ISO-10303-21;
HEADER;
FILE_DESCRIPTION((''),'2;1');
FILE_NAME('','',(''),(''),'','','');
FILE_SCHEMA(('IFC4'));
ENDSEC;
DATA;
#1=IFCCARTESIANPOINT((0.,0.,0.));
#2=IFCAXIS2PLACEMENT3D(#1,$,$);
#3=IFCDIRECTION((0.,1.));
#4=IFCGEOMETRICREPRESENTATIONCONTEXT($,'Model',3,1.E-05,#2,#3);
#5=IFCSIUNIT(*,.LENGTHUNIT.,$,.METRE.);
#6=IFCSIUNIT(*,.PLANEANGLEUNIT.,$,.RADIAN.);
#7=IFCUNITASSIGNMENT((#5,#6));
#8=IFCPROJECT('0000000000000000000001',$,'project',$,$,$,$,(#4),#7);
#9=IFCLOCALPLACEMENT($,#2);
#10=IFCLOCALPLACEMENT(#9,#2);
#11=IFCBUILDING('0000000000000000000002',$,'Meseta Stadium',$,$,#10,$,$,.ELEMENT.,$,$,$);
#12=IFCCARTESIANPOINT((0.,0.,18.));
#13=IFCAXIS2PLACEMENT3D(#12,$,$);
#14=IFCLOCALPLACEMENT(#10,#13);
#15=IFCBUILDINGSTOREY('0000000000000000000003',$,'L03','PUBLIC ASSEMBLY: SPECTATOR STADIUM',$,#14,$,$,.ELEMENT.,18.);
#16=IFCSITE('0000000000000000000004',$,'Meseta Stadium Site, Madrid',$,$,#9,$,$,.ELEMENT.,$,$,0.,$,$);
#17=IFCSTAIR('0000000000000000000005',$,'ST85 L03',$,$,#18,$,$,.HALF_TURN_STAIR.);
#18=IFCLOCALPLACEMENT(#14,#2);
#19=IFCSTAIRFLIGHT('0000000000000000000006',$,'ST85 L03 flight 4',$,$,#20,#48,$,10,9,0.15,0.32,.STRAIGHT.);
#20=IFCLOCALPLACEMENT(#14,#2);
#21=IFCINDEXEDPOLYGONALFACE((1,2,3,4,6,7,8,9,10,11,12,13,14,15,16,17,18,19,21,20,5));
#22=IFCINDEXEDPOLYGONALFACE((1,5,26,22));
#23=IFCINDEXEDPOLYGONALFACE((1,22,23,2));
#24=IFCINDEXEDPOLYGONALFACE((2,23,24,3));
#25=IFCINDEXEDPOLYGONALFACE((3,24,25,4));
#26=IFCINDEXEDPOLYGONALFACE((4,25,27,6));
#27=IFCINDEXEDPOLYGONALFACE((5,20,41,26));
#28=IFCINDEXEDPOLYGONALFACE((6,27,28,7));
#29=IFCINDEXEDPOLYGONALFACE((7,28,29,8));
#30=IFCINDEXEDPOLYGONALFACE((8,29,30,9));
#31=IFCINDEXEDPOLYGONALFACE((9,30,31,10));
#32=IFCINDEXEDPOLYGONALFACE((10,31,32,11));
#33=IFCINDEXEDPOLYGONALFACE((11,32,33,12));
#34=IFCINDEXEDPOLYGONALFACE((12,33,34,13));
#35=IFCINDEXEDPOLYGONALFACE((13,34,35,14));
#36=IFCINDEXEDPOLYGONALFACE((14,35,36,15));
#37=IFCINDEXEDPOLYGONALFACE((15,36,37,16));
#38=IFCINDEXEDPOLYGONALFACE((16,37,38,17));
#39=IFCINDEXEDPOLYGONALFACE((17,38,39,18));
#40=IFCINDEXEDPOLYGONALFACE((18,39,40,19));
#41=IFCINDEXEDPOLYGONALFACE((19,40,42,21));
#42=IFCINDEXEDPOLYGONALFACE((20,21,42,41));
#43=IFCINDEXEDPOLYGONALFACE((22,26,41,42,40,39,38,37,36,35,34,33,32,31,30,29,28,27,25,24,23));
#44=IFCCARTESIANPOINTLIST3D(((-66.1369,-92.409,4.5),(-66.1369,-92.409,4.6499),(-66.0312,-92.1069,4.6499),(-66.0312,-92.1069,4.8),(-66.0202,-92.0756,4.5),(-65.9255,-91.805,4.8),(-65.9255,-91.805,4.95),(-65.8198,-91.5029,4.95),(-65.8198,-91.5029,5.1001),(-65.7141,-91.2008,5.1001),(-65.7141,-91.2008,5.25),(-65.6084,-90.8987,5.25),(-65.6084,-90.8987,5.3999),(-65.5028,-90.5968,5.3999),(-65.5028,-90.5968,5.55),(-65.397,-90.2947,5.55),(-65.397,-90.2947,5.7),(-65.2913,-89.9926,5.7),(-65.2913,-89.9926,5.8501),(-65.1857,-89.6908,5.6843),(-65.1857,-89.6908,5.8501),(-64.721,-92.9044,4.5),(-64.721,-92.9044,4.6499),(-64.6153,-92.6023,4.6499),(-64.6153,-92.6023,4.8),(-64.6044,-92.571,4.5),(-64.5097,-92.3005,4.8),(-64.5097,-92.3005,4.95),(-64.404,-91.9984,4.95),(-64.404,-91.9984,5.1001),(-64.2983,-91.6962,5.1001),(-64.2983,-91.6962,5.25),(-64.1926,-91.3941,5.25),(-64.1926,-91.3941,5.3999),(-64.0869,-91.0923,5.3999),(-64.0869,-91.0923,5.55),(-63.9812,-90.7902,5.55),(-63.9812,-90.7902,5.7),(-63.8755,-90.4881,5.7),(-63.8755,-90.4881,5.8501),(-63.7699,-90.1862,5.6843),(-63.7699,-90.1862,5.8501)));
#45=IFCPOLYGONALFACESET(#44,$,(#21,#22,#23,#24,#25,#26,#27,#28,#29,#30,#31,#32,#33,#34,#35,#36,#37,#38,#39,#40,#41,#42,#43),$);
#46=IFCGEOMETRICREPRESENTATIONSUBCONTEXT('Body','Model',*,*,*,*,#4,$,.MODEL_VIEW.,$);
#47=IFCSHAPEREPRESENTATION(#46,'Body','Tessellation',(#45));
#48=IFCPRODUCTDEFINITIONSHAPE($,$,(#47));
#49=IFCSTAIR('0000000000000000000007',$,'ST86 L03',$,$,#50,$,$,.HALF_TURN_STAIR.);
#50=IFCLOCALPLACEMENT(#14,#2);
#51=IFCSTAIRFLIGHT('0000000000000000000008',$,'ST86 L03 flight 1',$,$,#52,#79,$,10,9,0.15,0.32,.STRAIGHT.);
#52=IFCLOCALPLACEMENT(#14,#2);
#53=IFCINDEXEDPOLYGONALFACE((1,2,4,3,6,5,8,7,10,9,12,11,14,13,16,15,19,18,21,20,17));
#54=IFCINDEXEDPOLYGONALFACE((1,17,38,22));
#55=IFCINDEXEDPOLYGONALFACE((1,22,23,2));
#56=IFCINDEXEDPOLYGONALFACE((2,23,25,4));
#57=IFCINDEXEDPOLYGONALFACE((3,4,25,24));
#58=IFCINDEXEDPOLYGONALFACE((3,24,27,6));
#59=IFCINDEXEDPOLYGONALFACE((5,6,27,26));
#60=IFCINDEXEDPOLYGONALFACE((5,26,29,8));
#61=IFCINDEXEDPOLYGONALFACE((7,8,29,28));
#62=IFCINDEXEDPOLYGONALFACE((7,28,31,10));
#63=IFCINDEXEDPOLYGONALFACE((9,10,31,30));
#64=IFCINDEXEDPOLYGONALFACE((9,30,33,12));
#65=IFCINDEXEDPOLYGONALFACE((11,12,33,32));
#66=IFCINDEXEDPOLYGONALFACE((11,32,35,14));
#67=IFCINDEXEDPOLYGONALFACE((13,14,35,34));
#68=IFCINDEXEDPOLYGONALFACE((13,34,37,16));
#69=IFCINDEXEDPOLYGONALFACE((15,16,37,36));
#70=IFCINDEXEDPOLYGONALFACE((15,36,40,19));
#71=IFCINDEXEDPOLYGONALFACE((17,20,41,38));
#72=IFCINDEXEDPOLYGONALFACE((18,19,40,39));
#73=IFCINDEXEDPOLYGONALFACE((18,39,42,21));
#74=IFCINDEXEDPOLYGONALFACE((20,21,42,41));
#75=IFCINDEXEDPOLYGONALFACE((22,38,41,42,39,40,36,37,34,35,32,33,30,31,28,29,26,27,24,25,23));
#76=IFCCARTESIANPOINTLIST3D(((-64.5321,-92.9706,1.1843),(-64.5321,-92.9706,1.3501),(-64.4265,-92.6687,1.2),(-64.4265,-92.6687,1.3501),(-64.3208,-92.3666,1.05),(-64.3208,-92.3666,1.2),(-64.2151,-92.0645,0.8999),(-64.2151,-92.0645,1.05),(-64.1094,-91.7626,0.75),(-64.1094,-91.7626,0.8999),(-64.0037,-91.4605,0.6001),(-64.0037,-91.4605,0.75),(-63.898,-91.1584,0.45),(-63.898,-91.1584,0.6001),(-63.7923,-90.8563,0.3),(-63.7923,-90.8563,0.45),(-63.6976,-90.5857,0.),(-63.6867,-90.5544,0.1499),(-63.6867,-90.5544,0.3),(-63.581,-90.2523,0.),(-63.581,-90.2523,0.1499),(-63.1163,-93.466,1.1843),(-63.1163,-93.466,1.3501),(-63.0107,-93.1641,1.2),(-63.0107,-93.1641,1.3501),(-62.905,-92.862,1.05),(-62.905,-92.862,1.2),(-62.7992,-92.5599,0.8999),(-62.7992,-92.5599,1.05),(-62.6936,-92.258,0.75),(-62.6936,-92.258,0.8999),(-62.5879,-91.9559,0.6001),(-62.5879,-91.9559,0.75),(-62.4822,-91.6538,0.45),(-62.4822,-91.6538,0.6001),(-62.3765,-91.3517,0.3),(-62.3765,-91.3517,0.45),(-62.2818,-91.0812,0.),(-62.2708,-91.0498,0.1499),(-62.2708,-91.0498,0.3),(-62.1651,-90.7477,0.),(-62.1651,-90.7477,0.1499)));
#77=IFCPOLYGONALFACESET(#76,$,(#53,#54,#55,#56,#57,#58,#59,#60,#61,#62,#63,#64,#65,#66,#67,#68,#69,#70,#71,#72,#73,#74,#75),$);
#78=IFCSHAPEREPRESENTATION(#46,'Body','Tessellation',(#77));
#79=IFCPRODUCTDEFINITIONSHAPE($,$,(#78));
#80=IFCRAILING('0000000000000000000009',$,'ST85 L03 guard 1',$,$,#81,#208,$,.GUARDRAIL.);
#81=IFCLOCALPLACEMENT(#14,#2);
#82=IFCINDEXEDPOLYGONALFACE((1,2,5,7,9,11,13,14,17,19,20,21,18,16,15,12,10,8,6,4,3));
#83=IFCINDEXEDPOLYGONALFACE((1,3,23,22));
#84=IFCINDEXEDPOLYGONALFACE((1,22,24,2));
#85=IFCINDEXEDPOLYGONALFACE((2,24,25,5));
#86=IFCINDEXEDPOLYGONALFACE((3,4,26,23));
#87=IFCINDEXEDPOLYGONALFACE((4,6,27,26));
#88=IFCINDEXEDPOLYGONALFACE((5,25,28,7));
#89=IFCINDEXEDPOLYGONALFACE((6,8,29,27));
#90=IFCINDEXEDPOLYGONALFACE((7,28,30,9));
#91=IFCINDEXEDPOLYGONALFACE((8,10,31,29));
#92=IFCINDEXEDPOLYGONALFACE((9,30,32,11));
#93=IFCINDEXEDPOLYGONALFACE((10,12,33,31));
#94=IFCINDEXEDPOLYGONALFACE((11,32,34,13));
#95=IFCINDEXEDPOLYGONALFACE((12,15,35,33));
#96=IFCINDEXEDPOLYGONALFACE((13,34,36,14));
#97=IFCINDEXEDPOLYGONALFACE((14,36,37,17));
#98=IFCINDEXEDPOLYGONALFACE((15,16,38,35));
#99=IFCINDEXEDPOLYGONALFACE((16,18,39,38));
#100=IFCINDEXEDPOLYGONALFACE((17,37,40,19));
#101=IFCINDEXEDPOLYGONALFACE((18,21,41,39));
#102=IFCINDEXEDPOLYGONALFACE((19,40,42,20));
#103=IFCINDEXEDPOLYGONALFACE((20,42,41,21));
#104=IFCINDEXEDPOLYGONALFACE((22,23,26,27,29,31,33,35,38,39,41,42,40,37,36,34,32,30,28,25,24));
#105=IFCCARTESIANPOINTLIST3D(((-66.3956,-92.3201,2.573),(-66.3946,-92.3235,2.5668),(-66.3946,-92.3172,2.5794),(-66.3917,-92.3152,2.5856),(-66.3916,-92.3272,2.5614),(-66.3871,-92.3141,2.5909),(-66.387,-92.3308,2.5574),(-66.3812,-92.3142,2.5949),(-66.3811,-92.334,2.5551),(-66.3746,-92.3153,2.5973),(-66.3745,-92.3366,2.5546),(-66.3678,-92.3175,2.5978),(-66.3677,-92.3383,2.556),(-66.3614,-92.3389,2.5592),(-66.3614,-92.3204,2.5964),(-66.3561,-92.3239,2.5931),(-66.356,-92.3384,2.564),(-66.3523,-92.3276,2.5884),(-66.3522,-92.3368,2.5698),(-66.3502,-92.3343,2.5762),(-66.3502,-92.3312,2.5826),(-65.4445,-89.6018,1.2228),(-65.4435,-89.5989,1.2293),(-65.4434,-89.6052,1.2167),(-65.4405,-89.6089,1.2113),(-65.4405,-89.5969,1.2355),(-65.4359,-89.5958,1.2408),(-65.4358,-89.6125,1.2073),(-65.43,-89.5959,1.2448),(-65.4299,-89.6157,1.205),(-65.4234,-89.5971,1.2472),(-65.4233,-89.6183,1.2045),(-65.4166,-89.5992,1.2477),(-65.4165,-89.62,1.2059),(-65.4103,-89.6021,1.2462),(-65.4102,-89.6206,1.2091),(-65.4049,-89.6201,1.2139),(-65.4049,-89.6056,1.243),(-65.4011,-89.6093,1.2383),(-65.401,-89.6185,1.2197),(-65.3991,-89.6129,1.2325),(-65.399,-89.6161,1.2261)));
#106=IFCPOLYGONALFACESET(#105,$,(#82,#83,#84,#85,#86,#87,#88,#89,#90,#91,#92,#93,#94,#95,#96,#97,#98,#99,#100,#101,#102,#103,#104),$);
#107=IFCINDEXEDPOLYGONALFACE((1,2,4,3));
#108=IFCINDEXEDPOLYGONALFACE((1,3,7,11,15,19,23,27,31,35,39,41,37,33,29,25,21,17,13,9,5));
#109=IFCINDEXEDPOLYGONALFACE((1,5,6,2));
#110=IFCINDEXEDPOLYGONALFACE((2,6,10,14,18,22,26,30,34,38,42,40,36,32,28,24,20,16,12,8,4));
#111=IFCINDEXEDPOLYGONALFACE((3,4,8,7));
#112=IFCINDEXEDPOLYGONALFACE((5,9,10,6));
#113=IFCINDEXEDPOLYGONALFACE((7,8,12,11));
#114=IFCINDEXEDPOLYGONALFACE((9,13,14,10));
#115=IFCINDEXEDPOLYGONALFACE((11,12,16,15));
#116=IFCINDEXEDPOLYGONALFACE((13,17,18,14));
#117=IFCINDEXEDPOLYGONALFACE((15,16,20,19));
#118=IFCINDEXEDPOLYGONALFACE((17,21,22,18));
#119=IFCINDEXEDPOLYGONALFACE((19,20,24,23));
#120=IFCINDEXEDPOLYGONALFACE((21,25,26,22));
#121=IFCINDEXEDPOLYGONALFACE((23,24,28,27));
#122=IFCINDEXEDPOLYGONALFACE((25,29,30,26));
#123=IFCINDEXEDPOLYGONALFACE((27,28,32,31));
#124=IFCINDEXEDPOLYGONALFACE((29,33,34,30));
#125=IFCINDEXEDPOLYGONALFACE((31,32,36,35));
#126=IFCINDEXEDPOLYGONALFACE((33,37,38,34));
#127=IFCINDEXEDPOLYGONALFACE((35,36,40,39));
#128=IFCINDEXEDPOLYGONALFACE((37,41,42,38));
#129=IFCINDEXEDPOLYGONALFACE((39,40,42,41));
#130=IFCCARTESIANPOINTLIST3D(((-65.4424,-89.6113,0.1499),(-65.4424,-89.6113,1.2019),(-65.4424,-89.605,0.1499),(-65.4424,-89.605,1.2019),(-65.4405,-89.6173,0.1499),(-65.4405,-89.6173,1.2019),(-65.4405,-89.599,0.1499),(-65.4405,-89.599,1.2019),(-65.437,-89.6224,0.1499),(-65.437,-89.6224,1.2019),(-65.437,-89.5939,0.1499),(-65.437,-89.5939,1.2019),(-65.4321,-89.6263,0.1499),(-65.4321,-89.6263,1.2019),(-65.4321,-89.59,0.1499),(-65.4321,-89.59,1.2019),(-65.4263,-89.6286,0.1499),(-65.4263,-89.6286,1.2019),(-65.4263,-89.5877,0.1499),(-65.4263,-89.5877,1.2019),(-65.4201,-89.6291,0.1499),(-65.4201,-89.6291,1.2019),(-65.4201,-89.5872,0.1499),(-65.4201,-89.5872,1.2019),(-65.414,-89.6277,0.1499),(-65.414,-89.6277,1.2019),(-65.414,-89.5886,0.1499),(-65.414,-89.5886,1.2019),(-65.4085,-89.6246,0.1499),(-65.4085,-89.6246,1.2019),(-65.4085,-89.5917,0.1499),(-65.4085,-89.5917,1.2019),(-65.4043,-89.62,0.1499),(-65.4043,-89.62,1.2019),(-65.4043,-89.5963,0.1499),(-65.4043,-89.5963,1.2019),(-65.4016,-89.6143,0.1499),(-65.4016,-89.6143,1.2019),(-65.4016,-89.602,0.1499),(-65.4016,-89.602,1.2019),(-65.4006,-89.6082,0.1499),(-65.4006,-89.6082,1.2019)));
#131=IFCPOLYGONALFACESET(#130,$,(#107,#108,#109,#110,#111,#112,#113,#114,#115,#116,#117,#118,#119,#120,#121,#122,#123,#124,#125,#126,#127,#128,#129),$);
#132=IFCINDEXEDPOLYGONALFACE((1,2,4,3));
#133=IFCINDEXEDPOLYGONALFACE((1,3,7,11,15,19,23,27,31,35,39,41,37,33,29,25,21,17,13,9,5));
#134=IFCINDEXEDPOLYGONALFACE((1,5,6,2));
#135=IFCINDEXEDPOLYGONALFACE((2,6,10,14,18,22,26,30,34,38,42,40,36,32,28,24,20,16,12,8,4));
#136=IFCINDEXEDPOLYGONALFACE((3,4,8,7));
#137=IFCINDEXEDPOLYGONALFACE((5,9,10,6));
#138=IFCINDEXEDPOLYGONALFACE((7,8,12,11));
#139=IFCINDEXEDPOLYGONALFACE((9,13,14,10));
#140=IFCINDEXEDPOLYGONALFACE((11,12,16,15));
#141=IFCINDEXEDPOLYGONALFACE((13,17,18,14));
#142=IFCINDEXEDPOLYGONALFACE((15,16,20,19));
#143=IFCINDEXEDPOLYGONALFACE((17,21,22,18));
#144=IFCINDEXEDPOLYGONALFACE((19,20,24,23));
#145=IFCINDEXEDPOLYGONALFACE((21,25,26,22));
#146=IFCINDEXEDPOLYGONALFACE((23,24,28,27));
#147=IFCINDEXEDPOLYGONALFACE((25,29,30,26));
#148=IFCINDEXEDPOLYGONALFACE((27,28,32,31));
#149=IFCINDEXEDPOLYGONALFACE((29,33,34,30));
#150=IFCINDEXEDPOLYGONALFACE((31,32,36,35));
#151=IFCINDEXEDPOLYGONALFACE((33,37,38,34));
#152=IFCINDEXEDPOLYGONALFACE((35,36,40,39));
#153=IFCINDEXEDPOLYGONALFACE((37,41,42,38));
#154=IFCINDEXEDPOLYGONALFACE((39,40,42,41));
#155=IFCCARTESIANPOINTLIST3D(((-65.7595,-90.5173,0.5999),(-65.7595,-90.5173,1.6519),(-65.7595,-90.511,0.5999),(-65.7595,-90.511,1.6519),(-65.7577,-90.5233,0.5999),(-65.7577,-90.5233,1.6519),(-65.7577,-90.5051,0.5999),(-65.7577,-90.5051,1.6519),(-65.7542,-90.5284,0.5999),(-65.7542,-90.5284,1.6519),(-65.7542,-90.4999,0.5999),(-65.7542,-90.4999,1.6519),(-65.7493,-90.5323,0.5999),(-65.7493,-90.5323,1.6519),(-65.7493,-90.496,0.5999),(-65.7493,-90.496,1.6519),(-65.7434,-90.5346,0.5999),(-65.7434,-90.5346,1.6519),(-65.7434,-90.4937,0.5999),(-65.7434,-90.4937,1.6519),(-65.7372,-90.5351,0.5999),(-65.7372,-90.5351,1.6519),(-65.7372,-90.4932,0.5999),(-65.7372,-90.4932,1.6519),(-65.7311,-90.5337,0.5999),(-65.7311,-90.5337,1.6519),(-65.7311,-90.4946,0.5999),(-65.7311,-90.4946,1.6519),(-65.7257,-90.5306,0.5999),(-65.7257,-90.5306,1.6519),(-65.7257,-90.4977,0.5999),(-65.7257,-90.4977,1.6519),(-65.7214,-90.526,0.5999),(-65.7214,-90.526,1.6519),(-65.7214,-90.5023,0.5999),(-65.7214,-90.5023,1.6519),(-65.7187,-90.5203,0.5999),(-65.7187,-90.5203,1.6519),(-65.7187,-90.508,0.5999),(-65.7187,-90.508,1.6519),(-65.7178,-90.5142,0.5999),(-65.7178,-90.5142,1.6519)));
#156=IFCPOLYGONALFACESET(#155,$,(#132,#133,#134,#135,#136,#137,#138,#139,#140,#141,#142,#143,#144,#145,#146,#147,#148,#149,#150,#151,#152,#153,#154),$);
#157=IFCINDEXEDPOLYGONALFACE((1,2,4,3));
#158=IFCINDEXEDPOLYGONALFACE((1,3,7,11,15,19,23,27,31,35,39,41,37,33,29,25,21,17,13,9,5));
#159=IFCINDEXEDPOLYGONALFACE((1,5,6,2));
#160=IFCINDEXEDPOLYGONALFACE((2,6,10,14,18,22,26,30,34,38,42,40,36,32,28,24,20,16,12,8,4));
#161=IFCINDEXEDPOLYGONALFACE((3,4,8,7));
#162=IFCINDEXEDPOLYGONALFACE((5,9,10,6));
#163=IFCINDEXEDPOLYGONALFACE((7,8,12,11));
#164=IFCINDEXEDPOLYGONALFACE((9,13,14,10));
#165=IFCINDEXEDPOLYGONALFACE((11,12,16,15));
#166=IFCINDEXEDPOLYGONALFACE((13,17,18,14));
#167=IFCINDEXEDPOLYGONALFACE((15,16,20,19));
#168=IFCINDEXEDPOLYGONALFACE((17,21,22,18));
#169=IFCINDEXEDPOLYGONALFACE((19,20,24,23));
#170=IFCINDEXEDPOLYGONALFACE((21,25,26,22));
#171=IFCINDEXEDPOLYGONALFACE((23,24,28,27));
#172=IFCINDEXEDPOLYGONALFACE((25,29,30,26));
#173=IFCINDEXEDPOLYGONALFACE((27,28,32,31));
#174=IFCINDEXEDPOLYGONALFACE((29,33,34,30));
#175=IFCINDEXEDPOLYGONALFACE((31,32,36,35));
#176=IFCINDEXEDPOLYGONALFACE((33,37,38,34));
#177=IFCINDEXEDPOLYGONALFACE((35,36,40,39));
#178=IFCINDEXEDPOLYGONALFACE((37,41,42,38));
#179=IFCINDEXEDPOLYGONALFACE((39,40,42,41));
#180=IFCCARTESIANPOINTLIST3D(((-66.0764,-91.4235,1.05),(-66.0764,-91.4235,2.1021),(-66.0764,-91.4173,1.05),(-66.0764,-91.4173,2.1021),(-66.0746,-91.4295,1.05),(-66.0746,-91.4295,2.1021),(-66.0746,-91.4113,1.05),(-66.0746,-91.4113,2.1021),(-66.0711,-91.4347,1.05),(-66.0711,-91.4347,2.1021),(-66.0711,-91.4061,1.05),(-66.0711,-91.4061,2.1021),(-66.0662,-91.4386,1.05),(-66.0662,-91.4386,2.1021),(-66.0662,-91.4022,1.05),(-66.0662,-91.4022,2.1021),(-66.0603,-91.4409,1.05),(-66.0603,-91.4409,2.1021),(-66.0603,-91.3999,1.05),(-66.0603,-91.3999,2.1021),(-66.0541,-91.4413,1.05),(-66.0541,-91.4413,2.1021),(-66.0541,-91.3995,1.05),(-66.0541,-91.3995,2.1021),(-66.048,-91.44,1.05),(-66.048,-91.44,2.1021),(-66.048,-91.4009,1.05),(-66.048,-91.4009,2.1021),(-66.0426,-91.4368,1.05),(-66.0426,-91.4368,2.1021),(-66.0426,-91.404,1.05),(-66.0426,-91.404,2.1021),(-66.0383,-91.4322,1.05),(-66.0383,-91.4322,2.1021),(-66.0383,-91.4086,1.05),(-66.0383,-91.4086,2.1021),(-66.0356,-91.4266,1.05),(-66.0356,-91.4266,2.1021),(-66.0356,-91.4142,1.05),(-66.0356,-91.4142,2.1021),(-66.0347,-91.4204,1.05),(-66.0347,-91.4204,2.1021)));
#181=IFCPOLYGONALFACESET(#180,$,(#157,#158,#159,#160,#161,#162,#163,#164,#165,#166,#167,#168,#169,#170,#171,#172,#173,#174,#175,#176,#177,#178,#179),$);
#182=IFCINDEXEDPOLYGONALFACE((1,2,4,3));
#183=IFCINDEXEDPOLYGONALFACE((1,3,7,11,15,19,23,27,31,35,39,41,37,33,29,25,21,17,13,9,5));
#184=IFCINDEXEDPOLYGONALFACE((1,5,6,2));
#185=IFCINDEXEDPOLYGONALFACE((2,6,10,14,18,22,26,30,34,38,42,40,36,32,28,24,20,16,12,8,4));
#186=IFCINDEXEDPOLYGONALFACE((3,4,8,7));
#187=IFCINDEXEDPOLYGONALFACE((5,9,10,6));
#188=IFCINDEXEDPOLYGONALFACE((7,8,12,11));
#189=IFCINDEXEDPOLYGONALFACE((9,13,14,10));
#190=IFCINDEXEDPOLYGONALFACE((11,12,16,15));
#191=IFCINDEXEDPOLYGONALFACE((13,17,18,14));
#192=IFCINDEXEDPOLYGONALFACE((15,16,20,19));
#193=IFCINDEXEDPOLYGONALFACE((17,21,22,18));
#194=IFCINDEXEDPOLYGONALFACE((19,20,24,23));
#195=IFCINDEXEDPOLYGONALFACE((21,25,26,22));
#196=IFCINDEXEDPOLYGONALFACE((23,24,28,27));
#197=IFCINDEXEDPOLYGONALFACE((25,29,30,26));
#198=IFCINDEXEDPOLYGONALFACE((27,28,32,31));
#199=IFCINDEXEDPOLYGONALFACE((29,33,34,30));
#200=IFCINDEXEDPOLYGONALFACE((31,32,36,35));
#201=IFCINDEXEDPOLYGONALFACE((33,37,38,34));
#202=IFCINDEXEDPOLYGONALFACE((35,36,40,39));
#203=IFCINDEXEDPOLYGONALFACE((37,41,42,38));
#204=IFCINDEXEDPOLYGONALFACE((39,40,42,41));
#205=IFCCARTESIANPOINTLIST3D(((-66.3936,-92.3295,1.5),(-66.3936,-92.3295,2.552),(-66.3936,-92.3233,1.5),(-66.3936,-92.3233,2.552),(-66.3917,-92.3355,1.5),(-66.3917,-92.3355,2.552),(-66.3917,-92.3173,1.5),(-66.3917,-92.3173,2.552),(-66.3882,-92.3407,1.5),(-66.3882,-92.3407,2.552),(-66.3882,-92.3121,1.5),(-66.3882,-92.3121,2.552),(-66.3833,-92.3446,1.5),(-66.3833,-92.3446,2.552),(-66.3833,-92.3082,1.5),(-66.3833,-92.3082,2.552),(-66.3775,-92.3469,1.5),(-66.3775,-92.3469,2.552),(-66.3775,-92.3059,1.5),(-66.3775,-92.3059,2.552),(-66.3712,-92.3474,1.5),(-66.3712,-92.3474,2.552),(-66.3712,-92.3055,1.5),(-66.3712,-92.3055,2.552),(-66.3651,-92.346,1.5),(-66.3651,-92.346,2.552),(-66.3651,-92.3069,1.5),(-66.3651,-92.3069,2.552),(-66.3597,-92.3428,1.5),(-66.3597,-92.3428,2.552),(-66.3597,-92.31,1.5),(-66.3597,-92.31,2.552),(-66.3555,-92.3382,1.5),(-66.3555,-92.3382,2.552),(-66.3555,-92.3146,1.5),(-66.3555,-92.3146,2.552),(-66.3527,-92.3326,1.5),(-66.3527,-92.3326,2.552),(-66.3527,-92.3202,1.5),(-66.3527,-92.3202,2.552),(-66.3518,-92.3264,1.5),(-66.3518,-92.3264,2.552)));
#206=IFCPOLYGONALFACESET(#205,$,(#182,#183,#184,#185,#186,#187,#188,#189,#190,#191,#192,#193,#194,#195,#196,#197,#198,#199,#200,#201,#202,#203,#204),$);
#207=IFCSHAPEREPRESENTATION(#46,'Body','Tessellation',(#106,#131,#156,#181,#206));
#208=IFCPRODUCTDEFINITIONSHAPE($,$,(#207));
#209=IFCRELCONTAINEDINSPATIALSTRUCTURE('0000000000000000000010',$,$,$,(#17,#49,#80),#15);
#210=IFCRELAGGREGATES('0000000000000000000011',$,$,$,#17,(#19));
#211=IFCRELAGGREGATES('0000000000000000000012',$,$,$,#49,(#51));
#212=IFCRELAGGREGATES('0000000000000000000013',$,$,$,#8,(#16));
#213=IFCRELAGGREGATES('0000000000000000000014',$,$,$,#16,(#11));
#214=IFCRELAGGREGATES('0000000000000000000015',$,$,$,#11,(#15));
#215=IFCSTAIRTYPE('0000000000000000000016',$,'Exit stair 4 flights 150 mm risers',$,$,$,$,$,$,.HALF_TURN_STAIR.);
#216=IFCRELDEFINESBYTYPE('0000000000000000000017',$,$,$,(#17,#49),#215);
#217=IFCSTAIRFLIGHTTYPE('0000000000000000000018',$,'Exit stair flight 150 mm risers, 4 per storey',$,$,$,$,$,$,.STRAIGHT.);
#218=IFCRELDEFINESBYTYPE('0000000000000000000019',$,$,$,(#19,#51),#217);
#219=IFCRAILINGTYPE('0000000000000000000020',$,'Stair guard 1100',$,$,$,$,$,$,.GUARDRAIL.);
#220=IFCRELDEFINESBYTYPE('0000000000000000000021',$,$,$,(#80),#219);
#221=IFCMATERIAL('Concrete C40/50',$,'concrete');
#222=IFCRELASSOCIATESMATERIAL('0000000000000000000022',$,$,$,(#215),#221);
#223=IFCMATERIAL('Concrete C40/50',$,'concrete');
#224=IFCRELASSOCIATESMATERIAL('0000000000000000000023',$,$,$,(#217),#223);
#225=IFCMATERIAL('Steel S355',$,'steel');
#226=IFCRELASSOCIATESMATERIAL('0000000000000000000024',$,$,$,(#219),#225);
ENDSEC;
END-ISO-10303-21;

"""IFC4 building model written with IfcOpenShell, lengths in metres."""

from ifc_helpers import new_model, si_unit, direction, frame, origin, origin_2d, place, context, subcontext, project, spatial, polyline, circle, outline, extrude, material, type_object, element, aggregate, save


model = new_model("IFC4")

# Units and contexts
model_context = context("Model", 3, precision=1e-05, world=origin(), true_north=direction((0.0, 1.0)))
body_context = subcontext(model_context, "Body", "Model", "MODEL_VIEW")
ifc_project = project(units=[si_unit("LENGTHUNIT", "METRE"), si_unit("PLANEANGLEUNIT", "RADIAN")], contexts=[model_context])

# Site, building, storey
site_placement = place(None, origin())
site = spatial("IfcSite", under=ifc_project, at=site_placement, Name="Meseta Stadium Site, Madrid", CompositionType="ELEMENT", RefElevation=0.0)
building_placement = place(site_placement, origin())
building = spatial("IfcBuilding", under=site, at=building_placement, Name="Meseta Stadium", CompositionType="ELEMENT")
storey_placement = place(building_placement, frame((0.0, 0.0, 18.0)))
storey = spatial("IfcBuildingStorey", under=building, at=storey_placement, Name="L03", Description="PUBLIC ASSEMBLY: SPECTATOR STADIUM", CompositionType="ELEMENT", Elevation=18.0)

# Stair, stair flight
ifc_material_1 = material(Name="Concrete C40/50", Category="concrete")
stair_type = type_object("IfcStairType", Name="Exit stair 4 flights 150 mm risers", PredefinedType="HALF_TURN_STAIR", material=ifc_material_1)
stair_1_placement = place(storey_placement, origin())
stair_1 = element("IfcStair", 1, at=stair_1_placement, inside=storey, type_object=stair_type, Name="ST85 L03", PredefinedType="HALF_TURN_STAIR")
ifc_material_2 = material(Name="Concrete C40/50", Category="concrete")
stair_flight_type = type_object("IfcStairFlightType", Name="Exit stair flight 150 mm risers, 4 per storey", PredefinedType="STRAIGHT", material=ifc_material_2)
stair_flight_1_placement = place(storey_placement, frame((-65.429, -92.6567, 4.5), z_axis=(0.0, 0.0, 1.0), x_axis=(0.330279, 0.943883, 0.0)))
stair_flight_1 = element("IfcStairFlight", 2, at=stair_flight_1_placement, type_object=stair_flight_type, Name="ST85 L03 flight 4", NumberOfRisers=10, NumberOfTreads=9, PredefinedType="STRAIGHT", RiserHeight=0.15, TreadLength=0.32, context=body_context, shape_type="SweptSolid", body=[
    extrude(outline(polyline([(0.0, 0.0), (0.0, 0.1499), (0.3201, 0.1499), (0.3201, 0.3), (0.6399, 0.3), (0.6399, 0.45), (0.96, 0.45), (0.96, 0.6001), (1.28, 0.6001), (1.28, 0.75), (1.6001, 0.75), (1.6001, 0.8999), (1.9199, 0.8999), (1.9199, 1.05), (2.24, 1.05), (2.24, 1.2), (2.5601, 1.2), (2.5601, 1.3501), (2.8799, 1.3501), (2.8799, 1.1843), (0.3533, 0.0), (0.0, 0.0)])), frame((0.0, 0.75, 0.0), z_axis=(0.0, -1.0, 0.0), x_axis=(1.0, 0.0, 0.0)), (0.0, 0.0, 1.0), 1.5),
])
aggregate(stair_1, [stair_flight_1])

# Stair, stair flight
stair_2_placement = place(storey_placement, origin())
stair_2 = element("IfcStair", 3, at=stair_2_placement, inside=storey, type_object=stair_type, Name="ST86 L03", PredefinedType="HALF_TURN_STAIR")
stair_flight_2_placement = place(storey_placement, frame((-62.873, -90.5, 0.0), z_axis=(0.0, 0.0, 1.0), x_axis=(-0.330279, -0.943883, 0.0)))
stair_flight_2 = element("IfcStairFlight", 4, at=stair_flight_2_placement, type_object=stair_flight_type, Name="ST86 L03 flight 1", NumberOfRisers=10, NumberOfTreads=9, PredefinedType="STRAIGHT", RiserHeight=0.15, TreadLength=0.32, context=body_context, shape_type="SweptSolid", body=[
    extrude(outline(polyline([(0.0, 0.0), (0.0, 0.1499), (0.3201, 0.1499), (0.3201, 0.3), (0.6399, 0.3), (0.6399, 0.45), (0.96, 0.45), (0.96, 0.6001), (1.28, 0.6001), (1.28, 0.75), (1.6001, 0.75), (1.6001, 0.8999), (1.9199, 0.8999), (1.9199, 1.05), (2.24, 1.05), (2.24, 1.2), (2.5601, 1.2), (2.5601, 1.3501), (2.8799, 1.3501), (2.8799, 1.1843), (0.3533, 0.0), (0.0, 0.0)])), frame((0.0, 0.75, 0.0), z_axis=(0.0, -1.0, 0.0), x_axis=(1.0, 0.0, 0.0)), (0.0, 0.0, 1.0), 1.5),
])
aggregate(stair_2, [stair_flight_2])

# Railing
ifc_material_3 = material(Name="Steel S355", Category="steel")
railing_type_1 = type_object("IfcRailingType", Name="Stair guard 1100", PredefinedType="GUARDRAIL", material=ifc_material_3)
railing_1_placement = place(storey_placement, frame((-65.4216, -89.6082, 0.1499)))
element("IfcRailing", 5, at=railing_1_placement, inside=storey, type_object=railing_type_1, Name="ST85 L03 guard 1", PredefinedType="GUARDRAIL", context=body_context, shape_type="SweptSolid", body=[
    extrude(circle(Radius=0.0239, at=origin_2d()), frame((0.0, 0.0, 1.0762), z_axis=(-0.299051, -0.854629, 0.424474), x_axis=(0.943882, -0.330282, 0.0)), (0.0, 0.0, 1.0), 3.1807),
    extrude(circle(Radius=0.021, at=origin_2d()), origin(), (0.0, 0.0, 1.0), 1.052),
    extrude(circle(Radius=0.021, at=origin_2d()), frame((-0.3171, -0.906, 0.45)), (0.0, 0.0, 1.0), 1.052),
    extrude(circle(Radius=0.021, at=origin_2d()), frame((-0.634, -1.8123, 0.9001)), (0.0, 0.0, 1.0), 1.052),
    extrude(circle(Radius=0.021, at=origin_2d()), frame((-0.9512, -2.7183, 1.3501)), (0.0, 0.0, 1.0), 1.052),
])

save(model, "model.ifc")
